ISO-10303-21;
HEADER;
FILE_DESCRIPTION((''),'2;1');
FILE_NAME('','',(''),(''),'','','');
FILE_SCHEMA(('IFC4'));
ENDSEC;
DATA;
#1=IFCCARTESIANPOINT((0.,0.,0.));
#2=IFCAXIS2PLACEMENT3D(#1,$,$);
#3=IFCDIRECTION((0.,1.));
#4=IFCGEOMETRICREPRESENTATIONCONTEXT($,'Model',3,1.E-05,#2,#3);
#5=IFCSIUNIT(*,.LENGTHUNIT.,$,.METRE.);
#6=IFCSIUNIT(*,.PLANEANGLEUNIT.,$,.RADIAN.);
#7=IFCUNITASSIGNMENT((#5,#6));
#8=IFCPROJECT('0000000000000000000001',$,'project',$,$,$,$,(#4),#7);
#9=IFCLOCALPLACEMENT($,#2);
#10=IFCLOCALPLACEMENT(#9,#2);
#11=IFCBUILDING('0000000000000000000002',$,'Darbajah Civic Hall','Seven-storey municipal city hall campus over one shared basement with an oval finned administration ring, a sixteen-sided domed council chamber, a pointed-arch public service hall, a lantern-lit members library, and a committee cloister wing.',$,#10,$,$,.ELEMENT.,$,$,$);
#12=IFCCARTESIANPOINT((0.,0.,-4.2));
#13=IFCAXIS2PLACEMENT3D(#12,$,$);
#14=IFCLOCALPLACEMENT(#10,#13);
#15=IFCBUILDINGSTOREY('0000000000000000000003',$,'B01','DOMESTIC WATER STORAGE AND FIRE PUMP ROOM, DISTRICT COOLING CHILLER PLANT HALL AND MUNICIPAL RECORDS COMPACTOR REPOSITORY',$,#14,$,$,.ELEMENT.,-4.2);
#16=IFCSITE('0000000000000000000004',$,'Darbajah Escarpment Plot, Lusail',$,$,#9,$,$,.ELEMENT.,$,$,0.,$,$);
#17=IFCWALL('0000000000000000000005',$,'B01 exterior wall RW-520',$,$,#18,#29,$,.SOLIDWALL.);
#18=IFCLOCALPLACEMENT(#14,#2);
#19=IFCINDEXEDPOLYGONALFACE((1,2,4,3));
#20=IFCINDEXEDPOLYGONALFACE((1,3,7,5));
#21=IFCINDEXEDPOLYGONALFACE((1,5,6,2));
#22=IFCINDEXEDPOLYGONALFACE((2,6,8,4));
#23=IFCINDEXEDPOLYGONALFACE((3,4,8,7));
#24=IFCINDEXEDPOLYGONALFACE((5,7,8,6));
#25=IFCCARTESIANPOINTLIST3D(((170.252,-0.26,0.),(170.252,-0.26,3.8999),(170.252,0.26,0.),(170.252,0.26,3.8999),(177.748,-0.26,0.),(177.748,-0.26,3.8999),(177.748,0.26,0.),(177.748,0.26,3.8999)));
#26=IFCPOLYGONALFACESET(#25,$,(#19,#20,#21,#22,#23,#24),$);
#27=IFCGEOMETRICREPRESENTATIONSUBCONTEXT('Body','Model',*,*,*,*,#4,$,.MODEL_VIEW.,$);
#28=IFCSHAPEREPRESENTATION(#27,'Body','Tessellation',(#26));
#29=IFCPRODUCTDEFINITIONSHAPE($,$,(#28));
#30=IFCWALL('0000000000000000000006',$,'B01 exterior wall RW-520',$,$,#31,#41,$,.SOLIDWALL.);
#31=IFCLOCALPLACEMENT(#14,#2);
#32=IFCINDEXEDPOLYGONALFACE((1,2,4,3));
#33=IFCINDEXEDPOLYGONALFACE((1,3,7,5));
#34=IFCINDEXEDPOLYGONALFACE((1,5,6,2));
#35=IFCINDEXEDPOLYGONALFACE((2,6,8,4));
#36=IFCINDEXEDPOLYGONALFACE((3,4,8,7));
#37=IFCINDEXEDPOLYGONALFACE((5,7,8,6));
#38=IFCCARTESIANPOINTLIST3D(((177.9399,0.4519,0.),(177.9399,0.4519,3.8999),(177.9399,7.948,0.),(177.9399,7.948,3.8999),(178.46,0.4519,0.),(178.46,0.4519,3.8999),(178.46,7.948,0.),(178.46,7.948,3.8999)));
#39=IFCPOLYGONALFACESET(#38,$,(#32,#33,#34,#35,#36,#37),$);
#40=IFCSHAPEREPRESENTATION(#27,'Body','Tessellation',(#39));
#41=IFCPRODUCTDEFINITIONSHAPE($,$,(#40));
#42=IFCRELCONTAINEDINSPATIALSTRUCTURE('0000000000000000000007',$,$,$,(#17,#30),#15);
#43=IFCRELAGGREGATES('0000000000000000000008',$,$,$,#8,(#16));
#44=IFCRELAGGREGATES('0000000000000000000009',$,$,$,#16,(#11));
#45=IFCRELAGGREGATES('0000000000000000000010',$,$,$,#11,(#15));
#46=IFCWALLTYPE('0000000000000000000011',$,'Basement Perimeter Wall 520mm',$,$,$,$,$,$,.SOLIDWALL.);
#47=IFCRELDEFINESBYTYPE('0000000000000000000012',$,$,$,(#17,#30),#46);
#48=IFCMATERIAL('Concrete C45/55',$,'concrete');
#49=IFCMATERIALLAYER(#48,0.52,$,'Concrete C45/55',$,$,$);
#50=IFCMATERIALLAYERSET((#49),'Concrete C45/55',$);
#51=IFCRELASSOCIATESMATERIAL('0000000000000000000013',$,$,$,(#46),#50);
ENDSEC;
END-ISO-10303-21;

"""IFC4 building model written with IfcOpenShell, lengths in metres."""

from ifc_helpers import new_model, si_unit, direction, frame, frame_2d, origin, place, context, subcontext, project, spatial, rectangle, extrude, material, layer, layer_set, type_object, element, save


model = new_model("IFC4")

# Units and contexts
model_context = context("Model", 3, precision=1e-05, world=origin(), true_north=direction((0.0, 1.0)))
body_context = subcontext(model_context, "Body", "Model", "MODEL_VIEW")
ifc_project = project(units=[si_unit("LENGTHUNIT", "METRE"), si_unit("PLANEANGLEUNIT", "RADIAN")], contexts=[model_context])

# Site, building, storey
site_placement = place(None, origin())
site = spatial("IfcSite", under=ifc_project, at=site_placement, Name="Darbajah Escarpment Plot, Lusail", CompositionType="ELEMENT", RefElevation=0.0)
building_placement = place(site_placement, origin())
building = spatial("IfcBuilding", under=site, at=building_placement, Name="Darbajah Civic Hall", Description="Seven-storey municipal city hall campus over one shared basement with an oval finned administration ring, a sixteen-sided domed council chamber, a pointed-arch public service hall, a lantern-lit members library, and a committee cloister wing.", CompositionType="ELEMENT")
storey_placement = place(building_placement, frame((0.0, 0.0, -4.2)))
storey = spatial("IfcBuildingStorey", under=building, at=storey_placement, Name="B01", Description="DOMESTIC WATER STORAGE AND FIRE PUMP ROOM, DISTRICT COOLING CHILLER PLANT HALL AND MUNICIPAL RECORDS COMPACTOR REPOSITORY", CompositionType="ELEMENT", Elevation=-4.2)

# Shared definitions
ifc_material_1 = material(Name="Concrete C45/55", Category="concrete")

# Walls
ifc_layer = layer(ifc_material_1, 0.52, Name="Concrete C45/55")
ifc_layer_set = layer_set([ifc_layer], Name="Concrete C45/55")
wall_type = type_object("IfcWallType", Name="Basement Perimeter Wall 520mm", PredefinedType="SOLIDWALL", material=ifc_layer_set)
for number, where, z_axis, x_axis, name in (
    (1, (170.252, 0.0, 0.0), (0.0, 0.0, 1.0), (1.0, 0.0, 0.0), "B01 exterior wall RW-520"),
    (2, (178.2, 0.4519, 0.0), (0.0, 0.0, 1.0), (0.0, 1.0, 0.0), "B01 exterior wall RW-520"),
):
    element("IfcWall", number, at=place(storey_placement, frame(where, z_axis=z_axis, x_axis=x_axis)), inside=storey, type_object=wall_type, Name=name, PredefinedType="SOLIDWALL", context=body_context, shape_type="SweptSolid", body=[
        extrude(rectangle(XDim=7.4961, YDim=0.52, at=frame_2d((3.748, 0.0))), origin(), (0.0, 0.0, 1.0), 3.8999),
    ])

save(model, "model.ifc")
